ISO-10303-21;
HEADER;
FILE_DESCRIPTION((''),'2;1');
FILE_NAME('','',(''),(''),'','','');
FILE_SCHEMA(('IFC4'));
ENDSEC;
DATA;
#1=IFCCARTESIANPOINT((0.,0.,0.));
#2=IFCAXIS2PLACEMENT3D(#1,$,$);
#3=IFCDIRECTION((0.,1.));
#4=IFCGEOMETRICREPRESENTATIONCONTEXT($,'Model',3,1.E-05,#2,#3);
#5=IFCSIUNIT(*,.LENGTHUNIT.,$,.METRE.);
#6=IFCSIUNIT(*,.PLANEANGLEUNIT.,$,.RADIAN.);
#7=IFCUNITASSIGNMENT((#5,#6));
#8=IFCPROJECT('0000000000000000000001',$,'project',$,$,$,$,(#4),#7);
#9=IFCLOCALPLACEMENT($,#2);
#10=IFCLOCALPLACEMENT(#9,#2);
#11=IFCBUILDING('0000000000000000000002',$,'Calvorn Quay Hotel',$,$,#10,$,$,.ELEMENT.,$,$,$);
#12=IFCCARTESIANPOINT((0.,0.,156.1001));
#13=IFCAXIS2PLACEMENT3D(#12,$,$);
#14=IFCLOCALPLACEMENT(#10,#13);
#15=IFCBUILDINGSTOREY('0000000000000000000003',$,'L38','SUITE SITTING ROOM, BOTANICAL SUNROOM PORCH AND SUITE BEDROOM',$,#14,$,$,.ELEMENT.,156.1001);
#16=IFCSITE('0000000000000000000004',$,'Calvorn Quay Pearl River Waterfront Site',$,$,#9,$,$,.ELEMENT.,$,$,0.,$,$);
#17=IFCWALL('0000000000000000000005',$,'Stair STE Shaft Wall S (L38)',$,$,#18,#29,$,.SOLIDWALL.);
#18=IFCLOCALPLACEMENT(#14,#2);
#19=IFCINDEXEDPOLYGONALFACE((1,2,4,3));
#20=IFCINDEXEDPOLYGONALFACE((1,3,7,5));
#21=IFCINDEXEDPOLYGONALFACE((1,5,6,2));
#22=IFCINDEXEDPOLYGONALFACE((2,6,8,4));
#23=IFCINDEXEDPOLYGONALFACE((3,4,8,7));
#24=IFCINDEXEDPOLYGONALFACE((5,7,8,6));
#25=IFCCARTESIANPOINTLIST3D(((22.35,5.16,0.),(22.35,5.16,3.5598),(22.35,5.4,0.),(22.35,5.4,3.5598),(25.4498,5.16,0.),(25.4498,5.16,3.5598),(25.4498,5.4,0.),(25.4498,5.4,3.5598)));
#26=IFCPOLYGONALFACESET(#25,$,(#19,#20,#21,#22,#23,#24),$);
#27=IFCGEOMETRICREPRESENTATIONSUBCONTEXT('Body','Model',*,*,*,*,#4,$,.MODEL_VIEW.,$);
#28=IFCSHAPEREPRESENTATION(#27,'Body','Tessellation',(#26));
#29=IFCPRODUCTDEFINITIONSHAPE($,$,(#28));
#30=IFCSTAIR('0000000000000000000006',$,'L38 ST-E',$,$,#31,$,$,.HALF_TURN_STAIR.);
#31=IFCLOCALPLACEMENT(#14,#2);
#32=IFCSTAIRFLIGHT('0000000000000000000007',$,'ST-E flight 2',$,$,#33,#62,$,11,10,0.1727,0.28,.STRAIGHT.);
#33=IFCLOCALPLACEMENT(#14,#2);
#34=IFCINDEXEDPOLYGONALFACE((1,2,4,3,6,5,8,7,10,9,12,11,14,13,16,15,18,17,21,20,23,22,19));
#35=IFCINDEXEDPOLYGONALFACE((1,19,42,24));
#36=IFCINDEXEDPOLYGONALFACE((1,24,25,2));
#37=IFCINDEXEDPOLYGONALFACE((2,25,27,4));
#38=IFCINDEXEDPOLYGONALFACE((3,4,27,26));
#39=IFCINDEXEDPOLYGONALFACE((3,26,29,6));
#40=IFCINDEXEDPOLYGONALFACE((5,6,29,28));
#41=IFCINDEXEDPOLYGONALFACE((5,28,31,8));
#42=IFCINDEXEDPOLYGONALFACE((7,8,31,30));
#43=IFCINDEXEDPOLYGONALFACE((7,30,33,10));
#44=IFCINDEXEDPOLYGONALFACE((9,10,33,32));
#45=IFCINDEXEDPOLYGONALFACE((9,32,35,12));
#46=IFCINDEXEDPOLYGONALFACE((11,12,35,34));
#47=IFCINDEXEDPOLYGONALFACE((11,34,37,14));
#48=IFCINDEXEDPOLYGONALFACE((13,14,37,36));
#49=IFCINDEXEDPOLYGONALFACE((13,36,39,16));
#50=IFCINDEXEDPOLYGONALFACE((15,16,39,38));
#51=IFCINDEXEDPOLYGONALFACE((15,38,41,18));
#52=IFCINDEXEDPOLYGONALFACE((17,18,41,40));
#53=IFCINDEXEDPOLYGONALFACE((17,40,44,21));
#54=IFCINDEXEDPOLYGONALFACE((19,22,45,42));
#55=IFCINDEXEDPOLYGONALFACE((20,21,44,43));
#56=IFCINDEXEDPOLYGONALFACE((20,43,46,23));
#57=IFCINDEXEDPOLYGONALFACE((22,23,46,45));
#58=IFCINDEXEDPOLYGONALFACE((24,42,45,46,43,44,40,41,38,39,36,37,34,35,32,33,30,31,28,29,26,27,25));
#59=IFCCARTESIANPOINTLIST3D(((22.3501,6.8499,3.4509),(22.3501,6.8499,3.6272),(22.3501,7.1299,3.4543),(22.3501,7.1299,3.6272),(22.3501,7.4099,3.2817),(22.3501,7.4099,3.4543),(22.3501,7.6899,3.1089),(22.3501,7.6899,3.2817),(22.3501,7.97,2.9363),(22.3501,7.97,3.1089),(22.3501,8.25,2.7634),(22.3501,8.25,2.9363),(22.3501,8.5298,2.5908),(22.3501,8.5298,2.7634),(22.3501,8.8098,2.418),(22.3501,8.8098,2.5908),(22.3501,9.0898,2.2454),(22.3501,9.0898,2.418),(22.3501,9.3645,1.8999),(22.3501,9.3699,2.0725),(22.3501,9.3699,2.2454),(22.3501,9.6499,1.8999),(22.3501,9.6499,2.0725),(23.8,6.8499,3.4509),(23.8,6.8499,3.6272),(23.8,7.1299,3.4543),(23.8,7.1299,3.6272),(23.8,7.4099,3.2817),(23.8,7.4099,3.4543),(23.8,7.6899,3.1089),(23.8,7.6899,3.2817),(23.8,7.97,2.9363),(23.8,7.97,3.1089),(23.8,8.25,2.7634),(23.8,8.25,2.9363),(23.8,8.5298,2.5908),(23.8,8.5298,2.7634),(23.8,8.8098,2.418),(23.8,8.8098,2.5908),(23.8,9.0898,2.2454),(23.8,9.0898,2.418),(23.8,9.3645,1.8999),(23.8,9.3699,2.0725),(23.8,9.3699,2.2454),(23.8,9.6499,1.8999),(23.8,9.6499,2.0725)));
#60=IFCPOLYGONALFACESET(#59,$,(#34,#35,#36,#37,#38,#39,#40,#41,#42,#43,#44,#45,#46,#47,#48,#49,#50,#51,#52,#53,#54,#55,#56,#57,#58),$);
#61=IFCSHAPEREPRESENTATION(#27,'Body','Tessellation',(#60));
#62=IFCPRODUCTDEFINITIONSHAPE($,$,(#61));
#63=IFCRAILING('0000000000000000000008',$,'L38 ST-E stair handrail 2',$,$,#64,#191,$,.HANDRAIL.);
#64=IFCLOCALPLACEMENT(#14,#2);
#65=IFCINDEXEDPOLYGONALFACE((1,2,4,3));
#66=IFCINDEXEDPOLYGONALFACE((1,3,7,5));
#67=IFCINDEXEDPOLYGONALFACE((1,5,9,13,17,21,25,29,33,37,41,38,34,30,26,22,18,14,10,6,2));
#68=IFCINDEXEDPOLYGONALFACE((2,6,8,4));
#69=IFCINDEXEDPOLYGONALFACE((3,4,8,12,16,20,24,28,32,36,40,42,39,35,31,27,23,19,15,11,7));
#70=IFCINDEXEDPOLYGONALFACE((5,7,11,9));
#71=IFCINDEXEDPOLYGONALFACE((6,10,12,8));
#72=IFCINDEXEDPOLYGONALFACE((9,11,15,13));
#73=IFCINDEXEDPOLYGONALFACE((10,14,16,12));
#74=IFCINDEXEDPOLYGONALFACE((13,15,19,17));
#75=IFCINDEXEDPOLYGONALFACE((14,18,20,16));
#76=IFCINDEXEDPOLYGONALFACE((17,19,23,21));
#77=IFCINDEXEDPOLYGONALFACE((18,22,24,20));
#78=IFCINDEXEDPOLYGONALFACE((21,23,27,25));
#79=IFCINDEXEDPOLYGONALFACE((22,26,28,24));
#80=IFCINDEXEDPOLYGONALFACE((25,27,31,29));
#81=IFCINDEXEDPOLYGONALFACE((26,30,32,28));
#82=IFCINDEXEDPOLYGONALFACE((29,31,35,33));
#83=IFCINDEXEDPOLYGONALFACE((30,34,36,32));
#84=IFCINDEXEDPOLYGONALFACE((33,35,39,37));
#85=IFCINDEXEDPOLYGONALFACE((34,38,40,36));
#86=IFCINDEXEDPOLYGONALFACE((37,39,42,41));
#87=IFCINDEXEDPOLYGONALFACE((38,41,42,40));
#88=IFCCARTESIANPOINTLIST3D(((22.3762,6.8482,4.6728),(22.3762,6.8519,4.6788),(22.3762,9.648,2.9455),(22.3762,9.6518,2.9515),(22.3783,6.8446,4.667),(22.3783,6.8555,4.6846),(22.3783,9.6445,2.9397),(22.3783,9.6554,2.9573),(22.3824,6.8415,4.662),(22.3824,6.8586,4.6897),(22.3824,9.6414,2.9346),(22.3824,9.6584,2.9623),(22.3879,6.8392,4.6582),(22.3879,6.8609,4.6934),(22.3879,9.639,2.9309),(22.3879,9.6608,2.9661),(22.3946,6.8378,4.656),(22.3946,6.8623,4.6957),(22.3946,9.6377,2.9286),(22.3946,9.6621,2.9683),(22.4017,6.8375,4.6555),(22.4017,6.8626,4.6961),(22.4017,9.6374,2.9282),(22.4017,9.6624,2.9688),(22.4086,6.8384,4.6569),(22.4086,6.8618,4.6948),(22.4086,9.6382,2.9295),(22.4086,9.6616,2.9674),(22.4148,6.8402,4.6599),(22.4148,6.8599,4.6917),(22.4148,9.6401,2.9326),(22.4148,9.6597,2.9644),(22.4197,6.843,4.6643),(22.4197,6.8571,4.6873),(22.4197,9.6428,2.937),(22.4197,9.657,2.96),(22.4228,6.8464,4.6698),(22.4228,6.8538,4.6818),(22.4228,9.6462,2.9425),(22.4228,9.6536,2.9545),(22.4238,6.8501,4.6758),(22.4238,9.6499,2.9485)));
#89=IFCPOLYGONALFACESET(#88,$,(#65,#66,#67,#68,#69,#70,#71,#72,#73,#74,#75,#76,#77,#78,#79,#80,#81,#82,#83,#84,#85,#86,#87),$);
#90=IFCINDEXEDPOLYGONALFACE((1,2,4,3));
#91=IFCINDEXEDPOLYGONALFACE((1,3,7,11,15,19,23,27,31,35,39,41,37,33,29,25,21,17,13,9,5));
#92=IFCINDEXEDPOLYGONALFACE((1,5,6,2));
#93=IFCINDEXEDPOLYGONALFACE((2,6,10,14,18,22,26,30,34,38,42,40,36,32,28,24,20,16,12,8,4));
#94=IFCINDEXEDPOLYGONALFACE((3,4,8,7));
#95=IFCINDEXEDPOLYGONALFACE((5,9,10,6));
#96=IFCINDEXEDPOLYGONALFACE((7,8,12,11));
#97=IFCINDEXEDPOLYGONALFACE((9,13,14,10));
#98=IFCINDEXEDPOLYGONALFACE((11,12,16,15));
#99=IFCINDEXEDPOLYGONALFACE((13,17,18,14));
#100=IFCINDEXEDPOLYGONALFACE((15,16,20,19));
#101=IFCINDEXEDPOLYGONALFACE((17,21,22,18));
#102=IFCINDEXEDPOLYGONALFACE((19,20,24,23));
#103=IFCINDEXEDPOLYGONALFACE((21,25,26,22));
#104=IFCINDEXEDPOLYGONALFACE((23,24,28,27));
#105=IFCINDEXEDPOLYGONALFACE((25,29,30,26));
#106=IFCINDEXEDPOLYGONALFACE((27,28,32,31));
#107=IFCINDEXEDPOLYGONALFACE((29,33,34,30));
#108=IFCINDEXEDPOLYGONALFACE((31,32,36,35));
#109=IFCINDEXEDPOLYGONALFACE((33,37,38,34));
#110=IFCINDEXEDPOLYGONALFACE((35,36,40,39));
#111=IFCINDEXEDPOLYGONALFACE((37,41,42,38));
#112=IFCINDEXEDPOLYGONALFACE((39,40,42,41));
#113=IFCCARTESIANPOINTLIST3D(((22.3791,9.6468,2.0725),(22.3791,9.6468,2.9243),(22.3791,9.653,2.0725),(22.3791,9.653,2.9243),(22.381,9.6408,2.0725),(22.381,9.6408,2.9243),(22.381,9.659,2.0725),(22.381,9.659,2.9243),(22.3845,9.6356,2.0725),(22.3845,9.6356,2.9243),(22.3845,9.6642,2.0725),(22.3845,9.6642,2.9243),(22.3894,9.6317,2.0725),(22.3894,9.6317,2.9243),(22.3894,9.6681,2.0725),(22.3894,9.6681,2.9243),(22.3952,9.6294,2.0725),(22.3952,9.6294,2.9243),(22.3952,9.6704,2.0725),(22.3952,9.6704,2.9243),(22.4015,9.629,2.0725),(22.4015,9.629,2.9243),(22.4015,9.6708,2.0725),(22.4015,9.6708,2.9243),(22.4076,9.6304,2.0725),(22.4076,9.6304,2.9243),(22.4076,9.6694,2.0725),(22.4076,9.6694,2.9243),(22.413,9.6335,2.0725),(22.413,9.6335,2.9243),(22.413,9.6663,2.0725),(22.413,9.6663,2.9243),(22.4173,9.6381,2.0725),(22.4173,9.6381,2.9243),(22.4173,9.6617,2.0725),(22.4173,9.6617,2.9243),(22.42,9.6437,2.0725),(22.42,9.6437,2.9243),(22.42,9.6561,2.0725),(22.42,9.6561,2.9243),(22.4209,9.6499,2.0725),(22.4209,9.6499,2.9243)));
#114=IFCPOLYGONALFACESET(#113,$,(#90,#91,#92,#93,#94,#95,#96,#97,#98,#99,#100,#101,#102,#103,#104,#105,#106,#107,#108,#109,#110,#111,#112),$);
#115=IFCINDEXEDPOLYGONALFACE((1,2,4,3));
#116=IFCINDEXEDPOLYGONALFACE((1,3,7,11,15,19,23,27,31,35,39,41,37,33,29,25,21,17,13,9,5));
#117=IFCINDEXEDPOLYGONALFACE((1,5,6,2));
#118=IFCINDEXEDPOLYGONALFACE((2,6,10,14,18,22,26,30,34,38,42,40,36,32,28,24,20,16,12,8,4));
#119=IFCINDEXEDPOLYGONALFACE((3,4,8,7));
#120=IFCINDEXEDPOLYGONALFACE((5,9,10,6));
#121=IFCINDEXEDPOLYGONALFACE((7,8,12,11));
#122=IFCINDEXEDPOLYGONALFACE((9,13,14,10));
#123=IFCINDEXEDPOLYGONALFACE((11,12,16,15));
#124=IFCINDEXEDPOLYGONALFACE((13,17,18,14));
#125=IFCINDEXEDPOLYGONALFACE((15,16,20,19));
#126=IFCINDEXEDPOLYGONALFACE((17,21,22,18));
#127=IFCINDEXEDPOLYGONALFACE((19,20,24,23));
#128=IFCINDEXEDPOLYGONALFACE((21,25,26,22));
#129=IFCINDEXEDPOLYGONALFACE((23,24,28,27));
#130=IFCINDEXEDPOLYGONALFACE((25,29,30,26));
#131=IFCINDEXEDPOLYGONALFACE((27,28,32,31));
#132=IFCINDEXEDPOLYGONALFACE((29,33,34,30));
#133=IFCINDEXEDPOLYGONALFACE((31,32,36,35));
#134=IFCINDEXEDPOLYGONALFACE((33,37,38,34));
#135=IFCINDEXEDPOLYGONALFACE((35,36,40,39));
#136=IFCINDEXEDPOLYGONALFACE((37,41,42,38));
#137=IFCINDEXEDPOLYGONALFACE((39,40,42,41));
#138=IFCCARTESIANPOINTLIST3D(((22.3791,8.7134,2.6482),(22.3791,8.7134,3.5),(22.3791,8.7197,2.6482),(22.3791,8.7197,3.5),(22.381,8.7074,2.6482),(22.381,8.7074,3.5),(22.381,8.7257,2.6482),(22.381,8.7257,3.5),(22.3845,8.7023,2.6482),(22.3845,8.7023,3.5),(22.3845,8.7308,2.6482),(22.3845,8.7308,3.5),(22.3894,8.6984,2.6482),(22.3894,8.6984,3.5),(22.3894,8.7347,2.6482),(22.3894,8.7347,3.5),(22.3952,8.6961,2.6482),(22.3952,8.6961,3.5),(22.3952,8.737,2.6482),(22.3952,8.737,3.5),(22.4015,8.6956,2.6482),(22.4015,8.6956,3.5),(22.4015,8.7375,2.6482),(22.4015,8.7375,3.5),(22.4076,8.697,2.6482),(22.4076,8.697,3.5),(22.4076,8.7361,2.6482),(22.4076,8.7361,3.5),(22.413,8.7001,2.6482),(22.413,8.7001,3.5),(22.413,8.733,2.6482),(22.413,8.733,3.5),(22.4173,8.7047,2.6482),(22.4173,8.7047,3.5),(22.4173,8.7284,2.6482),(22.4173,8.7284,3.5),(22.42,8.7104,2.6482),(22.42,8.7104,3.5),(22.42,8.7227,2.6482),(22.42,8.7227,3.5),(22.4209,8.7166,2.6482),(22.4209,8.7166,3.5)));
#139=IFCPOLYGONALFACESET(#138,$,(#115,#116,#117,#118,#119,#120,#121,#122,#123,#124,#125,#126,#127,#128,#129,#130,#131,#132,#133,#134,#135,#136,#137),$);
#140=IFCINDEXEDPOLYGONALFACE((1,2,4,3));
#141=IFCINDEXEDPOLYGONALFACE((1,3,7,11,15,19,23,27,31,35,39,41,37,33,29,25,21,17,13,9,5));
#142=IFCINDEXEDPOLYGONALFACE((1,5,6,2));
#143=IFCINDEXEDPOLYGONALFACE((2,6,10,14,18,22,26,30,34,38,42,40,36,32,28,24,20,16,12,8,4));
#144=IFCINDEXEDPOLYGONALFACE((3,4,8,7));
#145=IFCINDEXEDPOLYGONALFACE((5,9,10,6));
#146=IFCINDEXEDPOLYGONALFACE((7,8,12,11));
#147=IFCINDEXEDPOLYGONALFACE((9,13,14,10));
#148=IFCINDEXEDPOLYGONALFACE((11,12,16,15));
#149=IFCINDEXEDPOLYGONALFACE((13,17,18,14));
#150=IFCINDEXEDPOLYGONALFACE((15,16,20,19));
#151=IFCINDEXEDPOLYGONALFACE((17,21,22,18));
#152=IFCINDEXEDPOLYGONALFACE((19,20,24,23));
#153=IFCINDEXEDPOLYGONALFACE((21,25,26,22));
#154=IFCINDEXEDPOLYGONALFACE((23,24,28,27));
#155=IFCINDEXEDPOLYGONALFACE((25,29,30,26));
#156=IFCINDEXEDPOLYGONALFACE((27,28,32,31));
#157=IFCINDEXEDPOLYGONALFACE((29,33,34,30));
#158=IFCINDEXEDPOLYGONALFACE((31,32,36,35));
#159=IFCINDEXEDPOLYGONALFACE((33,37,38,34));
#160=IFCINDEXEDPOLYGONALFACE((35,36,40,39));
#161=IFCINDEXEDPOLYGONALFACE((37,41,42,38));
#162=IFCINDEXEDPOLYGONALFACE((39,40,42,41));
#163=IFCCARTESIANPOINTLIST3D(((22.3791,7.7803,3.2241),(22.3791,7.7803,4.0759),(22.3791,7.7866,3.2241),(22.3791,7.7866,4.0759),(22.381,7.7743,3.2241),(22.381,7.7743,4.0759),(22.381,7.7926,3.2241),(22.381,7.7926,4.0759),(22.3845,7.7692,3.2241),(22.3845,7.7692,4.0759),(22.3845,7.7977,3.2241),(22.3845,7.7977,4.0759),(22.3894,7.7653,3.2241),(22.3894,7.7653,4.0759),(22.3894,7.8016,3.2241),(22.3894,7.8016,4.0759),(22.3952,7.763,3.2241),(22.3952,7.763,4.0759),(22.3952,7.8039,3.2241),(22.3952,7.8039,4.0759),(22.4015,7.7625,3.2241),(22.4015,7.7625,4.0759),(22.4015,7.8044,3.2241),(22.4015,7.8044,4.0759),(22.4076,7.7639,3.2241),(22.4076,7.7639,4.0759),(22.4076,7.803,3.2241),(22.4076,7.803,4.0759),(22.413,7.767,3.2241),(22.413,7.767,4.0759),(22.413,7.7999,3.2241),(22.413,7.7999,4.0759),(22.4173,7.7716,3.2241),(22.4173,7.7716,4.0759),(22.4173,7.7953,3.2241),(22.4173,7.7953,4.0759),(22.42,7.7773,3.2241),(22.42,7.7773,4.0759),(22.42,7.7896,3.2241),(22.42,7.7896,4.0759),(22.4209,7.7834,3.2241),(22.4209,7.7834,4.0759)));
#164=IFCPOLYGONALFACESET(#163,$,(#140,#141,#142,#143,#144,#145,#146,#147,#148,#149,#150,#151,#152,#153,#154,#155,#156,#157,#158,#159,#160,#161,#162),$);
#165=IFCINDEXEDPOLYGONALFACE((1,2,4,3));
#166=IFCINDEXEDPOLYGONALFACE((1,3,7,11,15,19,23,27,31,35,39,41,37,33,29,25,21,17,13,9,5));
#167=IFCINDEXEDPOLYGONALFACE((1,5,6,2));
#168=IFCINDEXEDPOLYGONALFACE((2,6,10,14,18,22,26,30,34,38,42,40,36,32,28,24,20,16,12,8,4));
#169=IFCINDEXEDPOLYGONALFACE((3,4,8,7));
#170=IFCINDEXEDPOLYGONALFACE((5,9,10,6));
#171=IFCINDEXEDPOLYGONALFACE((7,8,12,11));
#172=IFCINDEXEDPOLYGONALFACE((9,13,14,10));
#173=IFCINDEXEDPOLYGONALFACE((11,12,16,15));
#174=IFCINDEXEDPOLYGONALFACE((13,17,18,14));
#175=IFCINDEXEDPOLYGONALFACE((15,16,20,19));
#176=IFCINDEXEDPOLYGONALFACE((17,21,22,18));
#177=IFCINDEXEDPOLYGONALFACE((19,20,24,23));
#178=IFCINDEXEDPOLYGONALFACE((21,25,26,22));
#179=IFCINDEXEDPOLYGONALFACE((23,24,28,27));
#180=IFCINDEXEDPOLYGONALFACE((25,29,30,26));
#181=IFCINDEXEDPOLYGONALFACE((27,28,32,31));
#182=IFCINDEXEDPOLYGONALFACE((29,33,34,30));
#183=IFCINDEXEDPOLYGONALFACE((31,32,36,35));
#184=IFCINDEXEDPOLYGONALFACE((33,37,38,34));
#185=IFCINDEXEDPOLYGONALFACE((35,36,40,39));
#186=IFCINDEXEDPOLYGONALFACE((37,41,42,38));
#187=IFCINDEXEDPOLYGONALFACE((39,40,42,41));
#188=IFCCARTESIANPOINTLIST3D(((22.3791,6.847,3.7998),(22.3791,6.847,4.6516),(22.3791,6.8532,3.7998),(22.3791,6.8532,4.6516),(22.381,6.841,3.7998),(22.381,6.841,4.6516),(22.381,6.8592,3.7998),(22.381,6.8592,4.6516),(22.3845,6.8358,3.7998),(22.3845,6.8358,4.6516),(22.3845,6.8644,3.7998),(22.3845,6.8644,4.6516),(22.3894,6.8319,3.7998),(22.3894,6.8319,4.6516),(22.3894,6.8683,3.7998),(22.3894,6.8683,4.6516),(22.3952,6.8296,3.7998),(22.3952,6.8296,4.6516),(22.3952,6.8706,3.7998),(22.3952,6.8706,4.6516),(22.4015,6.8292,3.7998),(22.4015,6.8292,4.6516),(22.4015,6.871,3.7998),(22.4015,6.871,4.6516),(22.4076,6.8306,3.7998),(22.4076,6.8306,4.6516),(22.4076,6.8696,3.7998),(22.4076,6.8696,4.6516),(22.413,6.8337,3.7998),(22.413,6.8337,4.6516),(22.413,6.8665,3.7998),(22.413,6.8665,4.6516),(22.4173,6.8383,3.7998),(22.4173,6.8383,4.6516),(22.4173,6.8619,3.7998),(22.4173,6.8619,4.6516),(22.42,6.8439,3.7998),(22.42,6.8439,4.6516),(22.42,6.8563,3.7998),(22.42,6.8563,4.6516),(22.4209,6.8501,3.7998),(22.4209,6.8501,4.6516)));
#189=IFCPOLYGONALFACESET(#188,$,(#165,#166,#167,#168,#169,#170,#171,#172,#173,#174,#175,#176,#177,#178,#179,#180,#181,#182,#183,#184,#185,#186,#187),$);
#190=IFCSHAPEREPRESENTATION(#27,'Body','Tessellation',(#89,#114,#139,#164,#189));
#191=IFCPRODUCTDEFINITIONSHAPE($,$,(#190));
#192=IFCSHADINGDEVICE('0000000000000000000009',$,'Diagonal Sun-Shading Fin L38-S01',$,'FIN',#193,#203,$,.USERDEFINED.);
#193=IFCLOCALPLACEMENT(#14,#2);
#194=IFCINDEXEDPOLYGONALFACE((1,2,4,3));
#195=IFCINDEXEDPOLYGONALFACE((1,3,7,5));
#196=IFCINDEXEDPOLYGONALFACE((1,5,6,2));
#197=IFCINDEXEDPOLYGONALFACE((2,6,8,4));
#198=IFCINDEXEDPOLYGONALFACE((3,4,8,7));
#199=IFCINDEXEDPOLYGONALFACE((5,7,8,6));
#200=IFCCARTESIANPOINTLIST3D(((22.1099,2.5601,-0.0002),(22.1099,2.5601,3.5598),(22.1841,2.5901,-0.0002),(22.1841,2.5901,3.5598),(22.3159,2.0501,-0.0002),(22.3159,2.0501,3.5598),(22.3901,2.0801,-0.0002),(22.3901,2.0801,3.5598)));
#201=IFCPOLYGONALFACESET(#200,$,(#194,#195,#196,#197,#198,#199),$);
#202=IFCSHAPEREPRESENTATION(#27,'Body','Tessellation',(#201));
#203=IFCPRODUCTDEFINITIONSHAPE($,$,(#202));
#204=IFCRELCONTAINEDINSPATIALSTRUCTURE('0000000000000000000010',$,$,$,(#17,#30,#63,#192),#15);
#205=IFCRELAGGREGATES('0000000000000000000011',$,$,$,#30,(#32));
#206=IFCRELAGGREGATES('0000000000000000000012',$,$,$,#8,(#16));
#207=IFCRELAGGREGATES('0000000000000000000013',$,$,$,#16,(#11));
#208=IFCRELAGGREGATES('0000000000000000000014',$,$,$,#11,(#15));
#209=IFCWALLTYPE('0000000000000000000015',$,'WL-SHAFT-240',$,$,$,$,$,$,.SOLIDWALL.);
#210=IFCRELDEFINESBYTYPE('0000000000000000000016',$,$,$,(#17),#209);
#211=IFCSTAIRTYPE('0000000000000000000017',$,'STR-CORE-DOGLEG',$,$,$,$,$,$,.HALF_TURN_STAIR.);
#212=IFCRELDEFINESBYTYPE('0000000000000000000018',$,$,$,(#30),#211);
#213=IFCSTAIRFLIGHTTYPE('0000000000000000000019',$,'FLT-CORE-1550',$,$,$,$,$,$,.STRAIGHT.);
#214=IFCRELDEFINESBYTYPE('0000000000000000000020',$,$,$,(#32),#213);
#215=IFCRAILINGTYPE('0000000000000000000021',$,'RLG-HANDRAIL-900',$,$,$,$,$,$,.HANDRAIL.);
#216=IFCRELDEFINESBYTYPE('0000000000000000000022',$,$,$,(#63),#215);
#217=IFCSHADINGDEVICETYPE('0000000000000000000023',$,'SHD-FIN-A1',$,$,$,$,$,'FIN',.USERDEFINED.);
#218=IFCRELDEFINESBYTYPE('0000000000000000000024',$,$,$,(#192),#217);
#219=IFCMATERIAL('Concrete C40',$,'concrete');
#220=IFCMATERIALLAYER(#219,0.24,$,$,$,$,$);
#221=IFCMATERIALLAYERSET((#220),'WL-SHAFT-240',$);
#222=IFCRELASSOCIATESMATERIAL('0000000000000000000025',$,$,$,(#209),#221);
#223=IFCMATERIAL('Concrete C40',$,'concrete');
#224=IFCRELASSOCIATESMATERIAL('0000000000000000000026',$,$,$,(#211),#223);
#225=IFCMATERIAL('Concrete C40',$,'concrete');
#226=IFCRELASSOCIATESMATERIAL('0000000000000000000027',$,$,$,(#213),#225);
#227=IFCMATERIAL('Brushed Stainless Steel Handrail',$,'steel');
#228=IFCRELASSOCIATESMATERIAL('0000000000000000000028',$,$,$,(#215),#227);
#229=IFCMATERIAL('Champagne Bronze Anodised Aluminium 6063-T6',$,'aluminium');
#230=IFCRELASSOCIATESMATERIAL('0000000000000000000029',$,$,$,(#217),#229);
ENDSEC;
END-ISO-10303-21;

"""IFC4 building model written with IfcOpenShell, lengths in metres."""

from ifc_helpers import new_model, si_unit, direction, frame, frame_2d, origin, origin_2d, place, context, subcontext, project, spatial, polyline, rectangle, circle, outline, extrude, material, layer, layer_set, type_object, element, aggregate, save


model = new_model("IFC4")

# Units and contexts
model_context = context("Model", 3, precision=1e-05, world=origin(), true_north=direction((0.0, 1.0)))
body_context = subcontext(model_context, "Body", "Model", "MODEL_VIEW")
ifc_project = project(units=[si_unit("LENGTHUNIT", "METRE"), si_unit("PLANEANGLEUNIT", "RADIAN")], contexts=[model_context])

# Site, building, storey
site_placement = place(None, origin())
site = spatial("IfcSite", under=ifc_project, at=site_placement, Name="Calvorn Quay Pearl River Waterfront Site", CompositionType="ELEMENT", RefElevation=0.0)
building_placement = place(site_placement, origin())
building = spatial("IfcBuilding", under=site, at=building_placement, Name="Calvorn Quay Hotel", CompositionType="ELEMENT")
storey_placement = place(building_placement, frame((0.0, 0.0, 156.1001)))
storey = spatial("IfcBuildingStorey", under=building, at=storey_placement, Name="L38", Description="SUITE SITTING ROOM, BOTANICAL SUNROOM PORCH AND SUITE BEDROOM", CompositionType="ELEMENT", Elevation=156.1001)

# Wall
ifc_material_1 = material(Name="Concrete C40", Category="concrete")
ifc_layer_1 = layer(ifc_material_1, 0.24)
ifc_layer_set_1 = layer_set([ifc_layer_1], Name="WL-SHAFT-240")
wall_type_1 = type_object("IfcWallType", Name="WL-SHAFT-240", PredefinedType="SOLIDWALL", material=ifc_layer_set_1)
wall_1_placement = place(storey_placement, frame((22.3501, 5.28, 0.0), z_axis=(0.0, 0.0, 1.0), x_axis=(1.0, 0.0, 0.0)))
element("IfcWall", 1, at=wall_1_placement, inside=storey, type_object=wall_type_1, Name="Stair STE Shaft Wall S (L38)", PredefinedType="SOLIDWALL", context=body_context, shape_type="SweptSolid", body=[
    extrude(rectangle(XDim=3.0999, YDim=0.24, at=frame_2d((1.5498, 0.0))), origin(), (0.0, 0.0, 1.0), 3.5598),
])

# Stair, stair flight
ifc_material_2 = material(Name="Concrete C40", Category="concrete")
stair_type = type_object("IfcStairType", Name="STR-CORE-DOGLEG", PredefinedType="HALF_TURN_STAIR", material=ifc_material_2)
stair_placement = place(storey_placement, origin())
stair = element("IfcStair", 2, at=stair_placement, inside=storey, type_object=stair_type, Name="L38 ST-E", PredefinedType="HALF_TURN_STAIR")
ifc_material_3 = material(Name="Concrete C40", Category="concrete")
stair_flight_type = type_object("IfcStairFlightType", Name="FLT-CORE-1550", PredefinedType="STRAIGHT", material=ifc_material_3)
stair_flight_placement = place(storey_placement, frame((23.075, 9.6499, 1.8999), z_axis=(0.0, 0.0, 1.0), x_axis=(0.0, -1.0, 0.0)))
stair_flight = element("IfcStairFlight", 3, at=stair_flight_placement, type_object=stair_flight_type, Name="ST-E flight 2", NumberOfRisers=11, NumberOfTreads=10, PredefinedType="STRAIGHT", RiserHeight=0.1727, TreadLength=0.28, context=body_context, shape_type="SweptSolid", body=[
    extrude(outline(polyline([(0.0, 0.0), (0.0, 0.1726), (0.28, 0.1726), (0.28, 0.3455), (0.5601, 0.3455), (0.5601, 0.5181), (0.8401, 0.5181), (0.8401, 0.6909), (1.1201, 0.6909), (1.1201, 0.8635), (1.3999, 0.8635), (1.3999, 1.0364), (1.6799, 1.0364), (1.6799, 1.209), (1.96, 1.209), (1.96, 1.3818), (2.24, 1.3818), (2.24, 1.5544), (2.52, 1.5544), (2.52, 1.7273), (2.8, 1.7273), (2.8, 1.8999), (2.8, 1.551), (0.2854, 0.0), (0.0, 0.0)])), frame((0.0, 0.7251, 0.0), z_axis=(0.0, -1.0, 0.0), x_axis=(1.0, 0.0, 0.0)), (0.0, 0.0, 1.0), 1.45),
])
aggregate(stair, [stair_flight])

# Railing
ifc_material_4 = material(Name="Brushed Stainless Steel Handrail", Category="steel")
railing_type = type_object("IfcRailingType", Name="RLG-HANDRAIL-900", PredefinedType="HANDRAIL", material=ifc_material_4)
railing_placement = place(storey_placement, frame((22.3999, 9.6499, 2.0725)))
element("IfcRailing", 4, at=railing_placement, inside=storey, type_object=railing_type, Name="L38 ST-E stair handrail 2", PredefinedType="HANDRAIL", context=body_context, shape_type="SweptSolid", body=[
    extrude(circle(Radius=0.0239, at=origin_2d()), frame((0.0, 0.0, 0.876), z_axis=(0.0, -0.851069, 0.525054), x_axis=(1.0, 0.0, 0.0)), (0.0, 0.0, 1.0), 3.2898),
    extrude(circle(Radius=0.021, at=origin_2d()), origin(), (0.0, 0.0, 1.0), 0.8518),
    extrude(circle(Radius=0.021, at=origin_2d()), frame((0.0, -0.9333, 0.5757)), (0.0, 0.0, 1.0), 0.8518),
    extrude(circle(Radius=0.021, at=origin_2d()), frame((0.0, -1.8665, 1.1516)), (0.0, 0.0, 1.0), 0.8518),
    extrude(circle(Radius=0.021, at=origin_2d()), frame((0.0, -2.7998, 1.7273)), (0.0, 0.0, 1.0), 0.8518),
])

# Shading device
ifc_material_5 = material(Name="Champagne Bronze Anodised Aluminium 6063-T6", Category="aluminium")
shading_device_type = type_object("IfcShadingDeviceType", Name="SHD-FIN-A1", ElementType="FIN", PredefinedType="USERDEFINED", material=ifc_material_5)
shading_device_placement = place(storey_placement, frame((22.25, 2.3201, -0.0002), z_axis=(0.0, 0.0, 1.0), x_axis=(-0.374607, 0.927184, 0.0)))
element("IfcShadingDevice", 5, at=shading_device_placement, inside=storey, type_object=shading_device_type, Name="Diagonal Sun-Shading Fin L38-S01", ObjectType="FIN", PredefinedType="USERDEFINED", context=body_context, shape_type="SweptSolid", body=[
    extrude(rectangle(XDim=0.55, YDim=0.0801, at=origin_2d()), origin(), (0.0, 0.0, 1.0), 3.5601),
])

save(model, "model.ifc")
